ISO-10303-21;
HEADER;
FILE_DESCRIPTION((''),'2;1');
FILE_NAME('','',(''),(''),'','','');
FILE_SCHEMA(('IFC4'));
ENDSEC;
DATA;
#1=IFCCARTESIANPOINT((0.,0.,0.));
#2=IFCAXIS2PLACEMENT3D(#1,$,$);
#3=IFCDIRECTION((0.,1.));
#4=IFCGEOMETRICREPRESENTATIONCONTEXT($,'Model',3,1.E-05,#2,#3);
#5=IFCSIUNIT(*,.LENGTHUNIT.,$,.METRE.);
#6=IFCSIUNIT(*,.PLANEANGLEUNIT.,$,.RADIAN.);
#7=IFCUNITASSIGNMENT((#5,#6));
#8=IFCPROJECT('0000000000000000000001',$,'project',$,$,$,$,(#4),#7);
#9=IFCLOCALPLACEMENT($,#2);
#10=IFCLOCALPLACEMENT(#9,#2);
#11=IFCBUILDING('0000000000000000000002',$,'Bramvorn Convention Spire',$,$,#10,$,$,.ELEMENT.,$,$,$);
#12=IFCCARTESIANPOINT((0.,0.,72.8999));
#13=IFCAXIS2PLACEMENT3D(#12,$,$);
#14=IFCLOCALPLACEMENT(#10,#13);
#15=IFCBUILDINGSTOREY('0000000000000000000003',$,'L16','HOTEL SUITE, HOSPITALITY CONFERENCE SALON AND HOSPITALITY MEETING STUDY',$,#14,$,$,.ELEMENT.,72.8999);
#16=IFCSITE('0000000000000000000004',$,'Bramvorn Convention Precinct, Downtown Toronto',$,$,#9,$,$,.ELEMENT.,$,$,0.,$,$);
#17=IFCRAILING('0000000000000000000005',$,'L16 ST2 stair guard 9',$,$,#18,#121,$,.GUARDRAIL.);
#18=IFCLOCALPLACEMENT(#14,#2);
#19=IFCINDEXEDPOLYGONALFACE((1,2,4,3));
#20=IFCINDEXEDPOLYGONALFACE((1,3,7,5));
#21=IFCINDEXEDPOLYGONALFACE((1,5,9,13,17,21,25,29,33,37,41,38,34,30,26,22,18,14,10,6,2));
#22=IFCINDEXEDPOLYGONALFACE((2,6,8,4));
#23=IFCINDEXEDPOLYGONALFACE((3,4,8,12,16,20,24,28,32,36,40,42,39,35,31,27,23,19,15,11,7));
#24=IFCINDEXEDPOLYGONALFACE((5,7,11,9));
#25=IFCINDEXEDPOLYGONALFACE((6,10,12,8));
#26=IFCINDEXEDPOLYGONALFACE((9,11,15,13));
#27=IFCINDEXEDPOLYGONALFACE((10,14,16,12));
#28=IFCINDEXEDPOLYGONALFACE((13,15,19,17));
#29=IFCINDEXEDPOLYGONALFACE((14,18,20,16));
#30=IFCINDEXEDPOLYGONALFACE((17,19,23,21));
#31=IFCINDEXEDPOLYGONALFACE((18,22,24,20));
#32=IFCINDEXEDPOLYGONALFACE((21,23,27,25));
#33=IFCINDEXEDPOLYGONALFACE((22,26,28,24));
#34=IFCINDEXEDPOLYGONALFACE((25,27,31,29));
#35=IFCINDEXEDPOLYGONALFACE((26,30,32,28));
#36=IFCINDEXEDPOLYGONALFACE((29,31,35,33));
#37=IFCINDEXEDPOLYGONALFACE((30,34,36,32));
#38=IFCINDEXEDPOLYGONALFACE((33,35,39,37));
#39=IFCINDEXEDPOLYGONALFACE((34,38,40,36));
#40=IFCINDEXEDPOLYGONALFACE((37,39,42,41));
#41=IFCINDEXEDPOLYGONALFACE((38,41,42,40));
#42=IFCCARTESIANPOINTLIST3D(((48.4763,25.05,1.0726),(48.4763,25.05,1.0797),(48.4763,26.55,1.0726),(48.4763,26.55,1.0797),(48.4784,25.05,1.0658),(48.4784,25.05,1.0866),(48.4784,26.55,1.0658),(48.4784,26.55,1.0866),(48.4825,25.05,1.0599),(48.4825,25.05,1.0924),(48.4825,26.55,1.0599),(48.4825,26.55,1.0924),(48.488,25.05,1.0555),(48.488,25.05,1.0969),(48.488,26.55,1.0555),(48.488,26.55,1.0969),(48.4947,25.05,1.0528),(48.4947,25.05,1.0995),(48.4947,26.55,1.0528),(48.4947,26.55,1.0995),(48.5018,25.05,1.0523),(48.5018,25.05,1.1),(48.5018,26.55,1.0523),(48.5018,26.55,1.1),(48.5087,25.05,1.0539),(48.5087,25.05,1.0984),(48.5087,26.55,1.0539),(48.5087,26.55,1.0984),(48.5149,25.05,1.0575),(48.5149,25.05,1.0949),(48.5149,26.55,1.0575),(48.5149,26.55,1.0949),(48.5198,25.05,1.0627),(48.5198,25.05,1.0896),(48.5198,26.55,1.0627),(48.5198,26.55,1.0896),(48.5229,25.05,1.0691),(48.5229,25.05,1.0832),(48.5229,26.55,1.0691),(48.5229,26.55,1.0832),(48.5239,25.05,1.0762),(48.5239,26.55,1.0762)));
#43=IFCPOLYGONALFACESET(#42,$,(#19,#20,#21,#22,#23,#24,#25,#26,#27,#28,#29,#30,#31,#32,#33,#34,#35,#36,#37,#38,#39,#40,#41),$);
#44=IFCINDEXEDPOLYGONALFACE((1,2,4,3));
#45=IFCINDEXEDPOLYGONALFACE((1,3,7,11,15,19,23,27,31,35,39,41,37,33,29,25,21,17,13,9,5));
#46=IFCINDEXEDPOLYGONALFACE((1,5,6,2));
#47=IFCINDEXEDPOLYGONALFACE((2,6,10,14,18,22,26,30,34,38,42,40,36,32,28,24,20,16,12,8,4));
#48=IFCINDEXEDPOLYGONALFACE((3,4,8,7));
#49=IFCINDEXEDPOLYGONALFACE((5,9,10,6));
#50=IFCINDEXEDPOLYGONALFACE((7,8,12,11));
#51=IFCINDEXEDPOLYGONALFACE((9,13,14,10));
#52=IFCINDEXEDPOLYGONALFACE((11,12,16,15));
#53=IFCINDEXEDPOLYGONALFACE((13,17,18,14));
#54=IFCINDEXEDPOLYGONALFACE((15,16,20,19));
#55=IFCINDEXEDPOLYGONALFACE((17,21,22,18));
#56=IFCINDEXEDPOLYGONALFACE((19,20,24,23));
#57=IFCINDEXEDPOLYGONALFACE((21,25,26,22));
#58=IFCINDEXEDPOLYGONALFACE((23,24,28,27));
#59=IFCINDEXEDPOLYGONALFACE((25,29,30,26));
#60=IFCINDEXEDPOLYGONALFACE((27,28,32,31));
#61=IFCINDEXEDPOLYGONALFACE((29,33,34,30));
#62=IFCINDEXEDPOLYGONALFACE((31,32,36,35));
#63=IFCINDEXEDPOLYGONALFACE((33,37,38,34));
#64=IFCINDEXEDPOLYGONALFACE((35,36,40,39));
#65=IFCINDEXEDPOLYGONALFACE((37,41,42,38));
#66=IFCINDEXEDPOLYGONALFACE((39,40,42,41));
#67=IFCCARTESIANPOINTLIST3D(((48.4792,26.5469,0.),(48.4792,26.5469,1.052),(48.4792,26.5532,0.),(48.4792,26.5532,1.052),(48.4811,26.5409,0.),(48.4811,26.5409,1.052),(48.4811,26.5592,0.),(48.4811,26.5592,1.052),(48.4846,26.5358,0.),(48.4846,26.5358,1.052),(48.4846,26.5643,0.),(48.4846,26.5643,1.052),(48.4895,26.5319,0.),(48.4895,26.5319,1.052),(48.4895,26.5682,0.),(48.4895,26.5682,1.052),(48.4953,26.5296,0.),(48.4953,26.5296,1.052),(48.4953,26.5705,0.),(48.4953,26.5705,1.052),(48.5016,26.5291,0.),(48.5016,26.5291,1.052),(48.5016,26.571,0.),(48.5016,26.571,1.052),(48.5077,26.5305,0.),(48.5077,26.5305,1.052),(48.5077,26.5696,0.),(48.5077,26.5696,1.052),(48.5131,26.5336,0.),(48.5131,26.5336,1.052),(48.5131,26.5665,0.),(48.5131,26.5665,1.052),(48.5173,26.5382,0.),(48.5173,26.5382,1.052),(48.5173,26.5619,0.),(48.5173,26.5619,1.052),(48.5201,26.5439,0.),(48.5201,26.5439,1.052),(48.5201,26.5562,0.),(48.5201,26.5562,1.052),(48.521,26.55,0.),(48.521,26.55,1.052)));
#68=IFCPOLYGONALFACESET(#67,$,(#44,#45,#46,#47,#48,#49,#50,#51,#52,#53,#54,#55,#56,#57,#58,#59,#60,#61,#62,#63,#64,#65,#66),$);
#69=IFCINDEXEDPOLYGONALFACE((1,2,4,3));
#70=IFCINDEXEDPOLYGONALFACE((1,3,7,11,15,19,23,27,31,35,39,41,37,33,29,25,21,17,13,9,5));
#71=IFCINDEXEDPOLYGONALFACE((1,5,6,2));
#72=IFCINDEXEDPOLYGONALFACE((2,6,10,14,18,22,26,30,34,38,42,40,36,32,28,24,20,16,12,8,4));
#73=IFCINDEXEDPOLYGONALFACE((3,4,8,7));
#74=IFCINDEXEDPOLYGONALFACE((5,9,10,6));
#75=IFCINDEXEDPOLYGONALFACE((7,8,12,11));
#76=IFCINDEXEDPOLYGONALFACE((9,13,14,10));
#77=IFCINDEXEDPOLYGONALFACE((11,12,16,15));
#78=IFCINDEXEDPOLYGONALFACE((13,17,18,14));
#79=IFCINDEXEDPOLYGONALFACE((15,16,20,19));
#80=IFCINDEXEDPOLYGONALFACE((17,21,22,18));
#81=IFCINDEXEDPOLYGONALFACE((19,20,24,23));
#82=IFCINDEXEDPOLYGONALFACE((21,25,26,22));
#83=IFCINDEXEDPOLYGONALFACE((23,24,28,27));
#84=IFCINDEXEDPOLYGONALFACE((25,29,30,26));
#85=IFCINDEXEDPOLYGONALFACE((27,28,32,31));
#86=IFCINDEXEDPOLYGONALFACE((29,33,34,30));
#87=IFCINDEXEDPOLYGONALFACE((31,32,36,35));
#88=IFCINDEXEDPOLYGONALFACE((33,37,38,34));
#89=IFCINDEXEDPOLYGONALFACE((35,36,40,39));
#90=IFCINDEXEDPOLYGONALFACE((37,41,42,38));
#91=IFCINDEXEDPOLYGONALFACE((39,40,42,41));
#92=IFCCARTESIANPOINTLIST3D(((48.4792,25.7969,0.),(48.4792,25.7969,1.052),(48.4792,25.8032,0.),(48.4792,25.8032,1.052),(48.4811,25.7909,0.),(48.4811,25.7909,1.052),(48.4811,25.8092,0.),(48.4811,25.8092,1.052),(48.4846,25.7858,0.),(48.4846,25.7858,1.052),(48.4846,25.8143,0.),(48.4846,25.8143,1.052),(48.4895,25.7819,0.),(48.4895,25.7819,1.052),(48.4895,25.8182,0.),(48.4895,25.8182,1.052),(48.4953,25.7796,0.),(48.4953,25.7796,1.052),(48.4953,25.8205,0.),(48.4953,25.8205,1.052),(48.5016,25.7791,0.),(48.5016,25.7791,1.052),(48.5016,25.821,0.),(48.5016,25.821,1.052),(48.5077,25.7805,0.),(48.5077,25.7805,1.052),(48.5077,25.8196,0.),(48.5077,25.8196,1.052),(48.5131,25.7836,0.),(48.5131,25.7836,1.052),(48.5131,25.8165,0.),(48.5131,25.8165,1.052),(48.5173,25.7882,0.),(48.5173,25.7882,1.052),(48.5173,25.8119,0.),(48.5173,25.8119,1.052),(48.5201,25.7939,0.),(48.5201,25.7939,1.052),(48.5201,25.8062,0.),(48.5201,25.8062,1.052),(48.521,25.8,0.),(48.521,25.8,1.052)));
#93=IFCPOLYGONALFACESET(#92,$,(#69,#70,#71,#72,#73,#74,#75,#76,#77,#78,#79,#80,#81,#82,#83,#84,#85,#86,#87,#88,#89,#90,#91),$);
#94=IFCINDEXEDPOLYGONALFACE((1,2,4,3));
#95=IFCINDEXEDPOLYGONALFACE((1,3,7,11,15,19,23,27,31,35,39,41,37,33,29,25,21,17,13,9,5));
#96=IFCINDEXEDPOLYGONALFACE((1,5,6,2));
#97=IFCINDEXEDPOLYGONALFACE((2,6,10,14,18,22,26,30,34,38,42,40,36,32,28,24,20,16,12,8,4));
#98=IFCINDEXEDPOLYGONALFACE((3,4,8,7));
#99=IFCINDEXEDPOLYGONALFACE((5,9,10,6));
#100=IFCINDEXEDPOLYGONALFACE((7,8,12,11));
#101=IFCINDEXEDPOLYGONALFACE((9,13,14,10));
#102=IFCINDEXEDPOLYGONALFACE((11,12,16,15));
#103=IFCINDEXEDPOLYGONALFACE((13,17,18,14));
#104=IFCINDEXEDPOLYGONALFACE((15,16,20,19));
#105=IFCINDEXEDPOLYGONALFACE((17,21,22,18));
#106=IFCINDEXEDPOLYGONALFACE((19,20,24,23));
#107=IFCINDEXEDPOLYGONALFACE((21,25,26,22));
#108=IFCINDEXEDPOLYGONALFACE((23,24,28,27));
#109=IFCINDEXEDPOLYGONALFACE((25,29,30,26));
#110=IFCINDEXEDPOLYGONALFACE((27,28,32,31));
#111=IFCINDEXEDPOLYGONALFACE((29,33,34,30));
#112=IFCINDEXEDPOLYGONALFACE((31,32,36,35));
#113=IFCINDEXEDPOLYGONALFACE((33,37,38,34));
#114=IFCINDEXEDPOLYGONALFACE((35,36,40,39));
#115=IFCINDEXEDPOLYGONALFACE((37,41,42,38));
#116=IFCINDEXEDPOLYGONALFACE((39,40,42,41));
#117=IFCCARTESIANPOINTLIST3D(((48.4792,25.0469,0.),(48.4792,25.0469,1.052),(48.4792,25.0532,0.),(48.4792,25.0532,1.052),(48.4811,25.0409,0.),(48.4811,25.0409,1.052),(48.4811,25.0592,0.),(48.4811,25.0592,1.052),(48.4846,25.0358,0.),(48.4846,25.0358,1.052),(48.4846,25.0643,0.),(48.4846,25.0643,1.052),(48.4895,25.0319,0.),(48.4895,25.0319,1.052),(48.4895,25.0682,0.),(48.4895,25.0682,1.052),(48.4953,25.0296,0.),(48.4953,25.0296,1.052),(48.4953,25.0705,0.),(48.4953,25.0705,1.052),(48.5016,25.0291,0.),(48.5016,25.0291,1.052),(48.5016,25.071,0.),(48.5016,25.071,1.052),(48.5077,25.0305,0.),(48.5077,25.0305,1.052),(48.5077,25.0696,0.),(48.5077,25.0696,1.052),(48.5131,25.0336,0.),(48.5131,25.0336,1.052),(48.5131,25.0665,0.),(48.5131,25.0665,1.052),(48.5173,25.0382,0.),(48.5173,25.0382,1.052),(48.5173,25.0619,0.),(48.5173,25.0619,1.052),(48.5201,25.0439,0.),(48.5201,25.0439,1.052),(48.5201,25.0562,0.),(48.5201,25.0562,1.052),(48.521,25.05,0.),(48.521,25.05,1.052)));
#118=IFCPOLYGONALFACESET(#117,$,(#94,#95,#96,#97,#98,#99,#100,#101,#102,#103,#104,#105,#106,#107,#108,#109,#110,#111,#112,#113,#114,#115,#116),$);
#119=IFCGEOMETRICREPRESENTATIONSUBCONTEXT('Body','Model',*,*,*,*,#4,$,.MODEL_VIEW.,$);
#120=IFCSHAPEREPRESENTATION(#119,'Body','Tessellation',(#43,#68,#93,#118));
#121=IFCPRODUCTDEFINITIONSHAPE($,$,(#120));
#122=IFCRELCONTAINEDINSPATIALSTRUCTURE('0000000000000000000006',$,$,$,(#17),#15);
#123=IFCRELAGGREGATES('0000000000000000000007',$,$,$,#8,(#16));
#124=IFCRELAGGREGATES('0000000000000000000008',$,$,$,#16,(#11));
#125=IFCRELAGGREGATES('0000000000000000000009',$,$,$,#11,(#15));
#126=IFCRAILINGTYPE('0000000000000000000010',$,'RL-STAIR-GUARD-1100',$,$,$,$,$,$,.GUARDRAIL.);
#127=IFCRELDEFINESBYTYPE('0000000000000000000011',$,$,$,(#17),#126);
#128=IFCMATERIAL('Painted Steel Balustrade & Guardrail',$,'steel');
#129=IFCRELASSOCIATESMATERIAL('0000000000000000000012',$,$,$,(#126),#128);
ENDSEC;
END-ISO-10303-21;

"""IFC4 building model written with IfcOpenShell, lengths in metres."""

from ifc_helpers import new_model, si_unit, direction, frame, origin, origin_2d, place, context, subcontext, project, spatial, circle, extrude, material, type_object, element, save


model = new_model("IFC4")

# Units and contexts
model_context = context("Model", 3, precision=1e-05, world=origin(), true_north=direction((0.0, 1.0)))
body_context = subcontext(model_context, "Body", "Model", "MODEL_VIEW")
ifc_project = project(units=[si_unit("LENGTHUNIT", "METRE"), si_unit("PLANEANGLEUNIT", "RADIAN")], contexts=[model_context])

# Site, building, storey
site_placement = place(None, origin())
site = spatial("IfcSite", under=ifc_project, at=site_placement, Name="Bramvorn Convention Precinct, Downtown Toronto", CompositionType="ELEMENT", RefElevation=0.0)
building_placement = place(site_placement, origin())
building = spatial("IfcBuilding", under=site, at=building_placement, Name="Bramvorn Convention Spire", CompositionType="ELEMENT")
storey_placement = place(building_placement, frame((0.0, 0.0, 72.8999)))
storey = spatial("IfcBuildingStorey", under=building, at=storey_placement, Name="L16", Description="HOTEL SUITE, HOSPITALITY CONFERENCE SALON AND HOSPITALITY MEETING STUDY", CompositionType="ELEMENT", Elevation=72.8999)

# Railing
ifc_material_1 = material(Name="Painted Steel Balustrade & Guardrail", Category="steel")
railing_type_1 = type_object("IfcRailingType", Name="RL-STAIR-GUARD-1100", PredefinedType="GUARDRAIL", material=ifc_material_1)
for number, where, name in (
    (1, (48.5, 26.55, 0.0), "L16 ST2 stair guard 9"),
):
    element("IfcRailing", number, at=place(storey_placement, frame(where)), inside=storey, type_object=railing_type_1, Name=name, PredefinedType="GUARDRAIL", context=body_context, shape_type="SweptSolid", body=[
        extrude(circle(Radius=0.0239, at=origin_2d()), frame((0.0, 0.0, 1.0762), z_axis=(0.0, -1.0, 0.0), x_axis=(1.0, 0.0, 0.0)), (0.0, 0.0, 1.0), 1.5),
        extrude(circle(Radius=0.021, at=origin_2d()), origin(), (0.0, 0.0, 1.0), 1.052),
        extrude(circle(Radius=0.021, at=origin_2d()), frame((0.0, -0.75, 0.0)), (0.0, 0.0, 1.0), 1.052),
        extrude(circle(Radius=0.021, at=origin_2d()), frame((0.0, -1.5, 0.0)), (0.0, 0.0, 1.0), 1.052),
    ])

save(model, "model.ifc")
